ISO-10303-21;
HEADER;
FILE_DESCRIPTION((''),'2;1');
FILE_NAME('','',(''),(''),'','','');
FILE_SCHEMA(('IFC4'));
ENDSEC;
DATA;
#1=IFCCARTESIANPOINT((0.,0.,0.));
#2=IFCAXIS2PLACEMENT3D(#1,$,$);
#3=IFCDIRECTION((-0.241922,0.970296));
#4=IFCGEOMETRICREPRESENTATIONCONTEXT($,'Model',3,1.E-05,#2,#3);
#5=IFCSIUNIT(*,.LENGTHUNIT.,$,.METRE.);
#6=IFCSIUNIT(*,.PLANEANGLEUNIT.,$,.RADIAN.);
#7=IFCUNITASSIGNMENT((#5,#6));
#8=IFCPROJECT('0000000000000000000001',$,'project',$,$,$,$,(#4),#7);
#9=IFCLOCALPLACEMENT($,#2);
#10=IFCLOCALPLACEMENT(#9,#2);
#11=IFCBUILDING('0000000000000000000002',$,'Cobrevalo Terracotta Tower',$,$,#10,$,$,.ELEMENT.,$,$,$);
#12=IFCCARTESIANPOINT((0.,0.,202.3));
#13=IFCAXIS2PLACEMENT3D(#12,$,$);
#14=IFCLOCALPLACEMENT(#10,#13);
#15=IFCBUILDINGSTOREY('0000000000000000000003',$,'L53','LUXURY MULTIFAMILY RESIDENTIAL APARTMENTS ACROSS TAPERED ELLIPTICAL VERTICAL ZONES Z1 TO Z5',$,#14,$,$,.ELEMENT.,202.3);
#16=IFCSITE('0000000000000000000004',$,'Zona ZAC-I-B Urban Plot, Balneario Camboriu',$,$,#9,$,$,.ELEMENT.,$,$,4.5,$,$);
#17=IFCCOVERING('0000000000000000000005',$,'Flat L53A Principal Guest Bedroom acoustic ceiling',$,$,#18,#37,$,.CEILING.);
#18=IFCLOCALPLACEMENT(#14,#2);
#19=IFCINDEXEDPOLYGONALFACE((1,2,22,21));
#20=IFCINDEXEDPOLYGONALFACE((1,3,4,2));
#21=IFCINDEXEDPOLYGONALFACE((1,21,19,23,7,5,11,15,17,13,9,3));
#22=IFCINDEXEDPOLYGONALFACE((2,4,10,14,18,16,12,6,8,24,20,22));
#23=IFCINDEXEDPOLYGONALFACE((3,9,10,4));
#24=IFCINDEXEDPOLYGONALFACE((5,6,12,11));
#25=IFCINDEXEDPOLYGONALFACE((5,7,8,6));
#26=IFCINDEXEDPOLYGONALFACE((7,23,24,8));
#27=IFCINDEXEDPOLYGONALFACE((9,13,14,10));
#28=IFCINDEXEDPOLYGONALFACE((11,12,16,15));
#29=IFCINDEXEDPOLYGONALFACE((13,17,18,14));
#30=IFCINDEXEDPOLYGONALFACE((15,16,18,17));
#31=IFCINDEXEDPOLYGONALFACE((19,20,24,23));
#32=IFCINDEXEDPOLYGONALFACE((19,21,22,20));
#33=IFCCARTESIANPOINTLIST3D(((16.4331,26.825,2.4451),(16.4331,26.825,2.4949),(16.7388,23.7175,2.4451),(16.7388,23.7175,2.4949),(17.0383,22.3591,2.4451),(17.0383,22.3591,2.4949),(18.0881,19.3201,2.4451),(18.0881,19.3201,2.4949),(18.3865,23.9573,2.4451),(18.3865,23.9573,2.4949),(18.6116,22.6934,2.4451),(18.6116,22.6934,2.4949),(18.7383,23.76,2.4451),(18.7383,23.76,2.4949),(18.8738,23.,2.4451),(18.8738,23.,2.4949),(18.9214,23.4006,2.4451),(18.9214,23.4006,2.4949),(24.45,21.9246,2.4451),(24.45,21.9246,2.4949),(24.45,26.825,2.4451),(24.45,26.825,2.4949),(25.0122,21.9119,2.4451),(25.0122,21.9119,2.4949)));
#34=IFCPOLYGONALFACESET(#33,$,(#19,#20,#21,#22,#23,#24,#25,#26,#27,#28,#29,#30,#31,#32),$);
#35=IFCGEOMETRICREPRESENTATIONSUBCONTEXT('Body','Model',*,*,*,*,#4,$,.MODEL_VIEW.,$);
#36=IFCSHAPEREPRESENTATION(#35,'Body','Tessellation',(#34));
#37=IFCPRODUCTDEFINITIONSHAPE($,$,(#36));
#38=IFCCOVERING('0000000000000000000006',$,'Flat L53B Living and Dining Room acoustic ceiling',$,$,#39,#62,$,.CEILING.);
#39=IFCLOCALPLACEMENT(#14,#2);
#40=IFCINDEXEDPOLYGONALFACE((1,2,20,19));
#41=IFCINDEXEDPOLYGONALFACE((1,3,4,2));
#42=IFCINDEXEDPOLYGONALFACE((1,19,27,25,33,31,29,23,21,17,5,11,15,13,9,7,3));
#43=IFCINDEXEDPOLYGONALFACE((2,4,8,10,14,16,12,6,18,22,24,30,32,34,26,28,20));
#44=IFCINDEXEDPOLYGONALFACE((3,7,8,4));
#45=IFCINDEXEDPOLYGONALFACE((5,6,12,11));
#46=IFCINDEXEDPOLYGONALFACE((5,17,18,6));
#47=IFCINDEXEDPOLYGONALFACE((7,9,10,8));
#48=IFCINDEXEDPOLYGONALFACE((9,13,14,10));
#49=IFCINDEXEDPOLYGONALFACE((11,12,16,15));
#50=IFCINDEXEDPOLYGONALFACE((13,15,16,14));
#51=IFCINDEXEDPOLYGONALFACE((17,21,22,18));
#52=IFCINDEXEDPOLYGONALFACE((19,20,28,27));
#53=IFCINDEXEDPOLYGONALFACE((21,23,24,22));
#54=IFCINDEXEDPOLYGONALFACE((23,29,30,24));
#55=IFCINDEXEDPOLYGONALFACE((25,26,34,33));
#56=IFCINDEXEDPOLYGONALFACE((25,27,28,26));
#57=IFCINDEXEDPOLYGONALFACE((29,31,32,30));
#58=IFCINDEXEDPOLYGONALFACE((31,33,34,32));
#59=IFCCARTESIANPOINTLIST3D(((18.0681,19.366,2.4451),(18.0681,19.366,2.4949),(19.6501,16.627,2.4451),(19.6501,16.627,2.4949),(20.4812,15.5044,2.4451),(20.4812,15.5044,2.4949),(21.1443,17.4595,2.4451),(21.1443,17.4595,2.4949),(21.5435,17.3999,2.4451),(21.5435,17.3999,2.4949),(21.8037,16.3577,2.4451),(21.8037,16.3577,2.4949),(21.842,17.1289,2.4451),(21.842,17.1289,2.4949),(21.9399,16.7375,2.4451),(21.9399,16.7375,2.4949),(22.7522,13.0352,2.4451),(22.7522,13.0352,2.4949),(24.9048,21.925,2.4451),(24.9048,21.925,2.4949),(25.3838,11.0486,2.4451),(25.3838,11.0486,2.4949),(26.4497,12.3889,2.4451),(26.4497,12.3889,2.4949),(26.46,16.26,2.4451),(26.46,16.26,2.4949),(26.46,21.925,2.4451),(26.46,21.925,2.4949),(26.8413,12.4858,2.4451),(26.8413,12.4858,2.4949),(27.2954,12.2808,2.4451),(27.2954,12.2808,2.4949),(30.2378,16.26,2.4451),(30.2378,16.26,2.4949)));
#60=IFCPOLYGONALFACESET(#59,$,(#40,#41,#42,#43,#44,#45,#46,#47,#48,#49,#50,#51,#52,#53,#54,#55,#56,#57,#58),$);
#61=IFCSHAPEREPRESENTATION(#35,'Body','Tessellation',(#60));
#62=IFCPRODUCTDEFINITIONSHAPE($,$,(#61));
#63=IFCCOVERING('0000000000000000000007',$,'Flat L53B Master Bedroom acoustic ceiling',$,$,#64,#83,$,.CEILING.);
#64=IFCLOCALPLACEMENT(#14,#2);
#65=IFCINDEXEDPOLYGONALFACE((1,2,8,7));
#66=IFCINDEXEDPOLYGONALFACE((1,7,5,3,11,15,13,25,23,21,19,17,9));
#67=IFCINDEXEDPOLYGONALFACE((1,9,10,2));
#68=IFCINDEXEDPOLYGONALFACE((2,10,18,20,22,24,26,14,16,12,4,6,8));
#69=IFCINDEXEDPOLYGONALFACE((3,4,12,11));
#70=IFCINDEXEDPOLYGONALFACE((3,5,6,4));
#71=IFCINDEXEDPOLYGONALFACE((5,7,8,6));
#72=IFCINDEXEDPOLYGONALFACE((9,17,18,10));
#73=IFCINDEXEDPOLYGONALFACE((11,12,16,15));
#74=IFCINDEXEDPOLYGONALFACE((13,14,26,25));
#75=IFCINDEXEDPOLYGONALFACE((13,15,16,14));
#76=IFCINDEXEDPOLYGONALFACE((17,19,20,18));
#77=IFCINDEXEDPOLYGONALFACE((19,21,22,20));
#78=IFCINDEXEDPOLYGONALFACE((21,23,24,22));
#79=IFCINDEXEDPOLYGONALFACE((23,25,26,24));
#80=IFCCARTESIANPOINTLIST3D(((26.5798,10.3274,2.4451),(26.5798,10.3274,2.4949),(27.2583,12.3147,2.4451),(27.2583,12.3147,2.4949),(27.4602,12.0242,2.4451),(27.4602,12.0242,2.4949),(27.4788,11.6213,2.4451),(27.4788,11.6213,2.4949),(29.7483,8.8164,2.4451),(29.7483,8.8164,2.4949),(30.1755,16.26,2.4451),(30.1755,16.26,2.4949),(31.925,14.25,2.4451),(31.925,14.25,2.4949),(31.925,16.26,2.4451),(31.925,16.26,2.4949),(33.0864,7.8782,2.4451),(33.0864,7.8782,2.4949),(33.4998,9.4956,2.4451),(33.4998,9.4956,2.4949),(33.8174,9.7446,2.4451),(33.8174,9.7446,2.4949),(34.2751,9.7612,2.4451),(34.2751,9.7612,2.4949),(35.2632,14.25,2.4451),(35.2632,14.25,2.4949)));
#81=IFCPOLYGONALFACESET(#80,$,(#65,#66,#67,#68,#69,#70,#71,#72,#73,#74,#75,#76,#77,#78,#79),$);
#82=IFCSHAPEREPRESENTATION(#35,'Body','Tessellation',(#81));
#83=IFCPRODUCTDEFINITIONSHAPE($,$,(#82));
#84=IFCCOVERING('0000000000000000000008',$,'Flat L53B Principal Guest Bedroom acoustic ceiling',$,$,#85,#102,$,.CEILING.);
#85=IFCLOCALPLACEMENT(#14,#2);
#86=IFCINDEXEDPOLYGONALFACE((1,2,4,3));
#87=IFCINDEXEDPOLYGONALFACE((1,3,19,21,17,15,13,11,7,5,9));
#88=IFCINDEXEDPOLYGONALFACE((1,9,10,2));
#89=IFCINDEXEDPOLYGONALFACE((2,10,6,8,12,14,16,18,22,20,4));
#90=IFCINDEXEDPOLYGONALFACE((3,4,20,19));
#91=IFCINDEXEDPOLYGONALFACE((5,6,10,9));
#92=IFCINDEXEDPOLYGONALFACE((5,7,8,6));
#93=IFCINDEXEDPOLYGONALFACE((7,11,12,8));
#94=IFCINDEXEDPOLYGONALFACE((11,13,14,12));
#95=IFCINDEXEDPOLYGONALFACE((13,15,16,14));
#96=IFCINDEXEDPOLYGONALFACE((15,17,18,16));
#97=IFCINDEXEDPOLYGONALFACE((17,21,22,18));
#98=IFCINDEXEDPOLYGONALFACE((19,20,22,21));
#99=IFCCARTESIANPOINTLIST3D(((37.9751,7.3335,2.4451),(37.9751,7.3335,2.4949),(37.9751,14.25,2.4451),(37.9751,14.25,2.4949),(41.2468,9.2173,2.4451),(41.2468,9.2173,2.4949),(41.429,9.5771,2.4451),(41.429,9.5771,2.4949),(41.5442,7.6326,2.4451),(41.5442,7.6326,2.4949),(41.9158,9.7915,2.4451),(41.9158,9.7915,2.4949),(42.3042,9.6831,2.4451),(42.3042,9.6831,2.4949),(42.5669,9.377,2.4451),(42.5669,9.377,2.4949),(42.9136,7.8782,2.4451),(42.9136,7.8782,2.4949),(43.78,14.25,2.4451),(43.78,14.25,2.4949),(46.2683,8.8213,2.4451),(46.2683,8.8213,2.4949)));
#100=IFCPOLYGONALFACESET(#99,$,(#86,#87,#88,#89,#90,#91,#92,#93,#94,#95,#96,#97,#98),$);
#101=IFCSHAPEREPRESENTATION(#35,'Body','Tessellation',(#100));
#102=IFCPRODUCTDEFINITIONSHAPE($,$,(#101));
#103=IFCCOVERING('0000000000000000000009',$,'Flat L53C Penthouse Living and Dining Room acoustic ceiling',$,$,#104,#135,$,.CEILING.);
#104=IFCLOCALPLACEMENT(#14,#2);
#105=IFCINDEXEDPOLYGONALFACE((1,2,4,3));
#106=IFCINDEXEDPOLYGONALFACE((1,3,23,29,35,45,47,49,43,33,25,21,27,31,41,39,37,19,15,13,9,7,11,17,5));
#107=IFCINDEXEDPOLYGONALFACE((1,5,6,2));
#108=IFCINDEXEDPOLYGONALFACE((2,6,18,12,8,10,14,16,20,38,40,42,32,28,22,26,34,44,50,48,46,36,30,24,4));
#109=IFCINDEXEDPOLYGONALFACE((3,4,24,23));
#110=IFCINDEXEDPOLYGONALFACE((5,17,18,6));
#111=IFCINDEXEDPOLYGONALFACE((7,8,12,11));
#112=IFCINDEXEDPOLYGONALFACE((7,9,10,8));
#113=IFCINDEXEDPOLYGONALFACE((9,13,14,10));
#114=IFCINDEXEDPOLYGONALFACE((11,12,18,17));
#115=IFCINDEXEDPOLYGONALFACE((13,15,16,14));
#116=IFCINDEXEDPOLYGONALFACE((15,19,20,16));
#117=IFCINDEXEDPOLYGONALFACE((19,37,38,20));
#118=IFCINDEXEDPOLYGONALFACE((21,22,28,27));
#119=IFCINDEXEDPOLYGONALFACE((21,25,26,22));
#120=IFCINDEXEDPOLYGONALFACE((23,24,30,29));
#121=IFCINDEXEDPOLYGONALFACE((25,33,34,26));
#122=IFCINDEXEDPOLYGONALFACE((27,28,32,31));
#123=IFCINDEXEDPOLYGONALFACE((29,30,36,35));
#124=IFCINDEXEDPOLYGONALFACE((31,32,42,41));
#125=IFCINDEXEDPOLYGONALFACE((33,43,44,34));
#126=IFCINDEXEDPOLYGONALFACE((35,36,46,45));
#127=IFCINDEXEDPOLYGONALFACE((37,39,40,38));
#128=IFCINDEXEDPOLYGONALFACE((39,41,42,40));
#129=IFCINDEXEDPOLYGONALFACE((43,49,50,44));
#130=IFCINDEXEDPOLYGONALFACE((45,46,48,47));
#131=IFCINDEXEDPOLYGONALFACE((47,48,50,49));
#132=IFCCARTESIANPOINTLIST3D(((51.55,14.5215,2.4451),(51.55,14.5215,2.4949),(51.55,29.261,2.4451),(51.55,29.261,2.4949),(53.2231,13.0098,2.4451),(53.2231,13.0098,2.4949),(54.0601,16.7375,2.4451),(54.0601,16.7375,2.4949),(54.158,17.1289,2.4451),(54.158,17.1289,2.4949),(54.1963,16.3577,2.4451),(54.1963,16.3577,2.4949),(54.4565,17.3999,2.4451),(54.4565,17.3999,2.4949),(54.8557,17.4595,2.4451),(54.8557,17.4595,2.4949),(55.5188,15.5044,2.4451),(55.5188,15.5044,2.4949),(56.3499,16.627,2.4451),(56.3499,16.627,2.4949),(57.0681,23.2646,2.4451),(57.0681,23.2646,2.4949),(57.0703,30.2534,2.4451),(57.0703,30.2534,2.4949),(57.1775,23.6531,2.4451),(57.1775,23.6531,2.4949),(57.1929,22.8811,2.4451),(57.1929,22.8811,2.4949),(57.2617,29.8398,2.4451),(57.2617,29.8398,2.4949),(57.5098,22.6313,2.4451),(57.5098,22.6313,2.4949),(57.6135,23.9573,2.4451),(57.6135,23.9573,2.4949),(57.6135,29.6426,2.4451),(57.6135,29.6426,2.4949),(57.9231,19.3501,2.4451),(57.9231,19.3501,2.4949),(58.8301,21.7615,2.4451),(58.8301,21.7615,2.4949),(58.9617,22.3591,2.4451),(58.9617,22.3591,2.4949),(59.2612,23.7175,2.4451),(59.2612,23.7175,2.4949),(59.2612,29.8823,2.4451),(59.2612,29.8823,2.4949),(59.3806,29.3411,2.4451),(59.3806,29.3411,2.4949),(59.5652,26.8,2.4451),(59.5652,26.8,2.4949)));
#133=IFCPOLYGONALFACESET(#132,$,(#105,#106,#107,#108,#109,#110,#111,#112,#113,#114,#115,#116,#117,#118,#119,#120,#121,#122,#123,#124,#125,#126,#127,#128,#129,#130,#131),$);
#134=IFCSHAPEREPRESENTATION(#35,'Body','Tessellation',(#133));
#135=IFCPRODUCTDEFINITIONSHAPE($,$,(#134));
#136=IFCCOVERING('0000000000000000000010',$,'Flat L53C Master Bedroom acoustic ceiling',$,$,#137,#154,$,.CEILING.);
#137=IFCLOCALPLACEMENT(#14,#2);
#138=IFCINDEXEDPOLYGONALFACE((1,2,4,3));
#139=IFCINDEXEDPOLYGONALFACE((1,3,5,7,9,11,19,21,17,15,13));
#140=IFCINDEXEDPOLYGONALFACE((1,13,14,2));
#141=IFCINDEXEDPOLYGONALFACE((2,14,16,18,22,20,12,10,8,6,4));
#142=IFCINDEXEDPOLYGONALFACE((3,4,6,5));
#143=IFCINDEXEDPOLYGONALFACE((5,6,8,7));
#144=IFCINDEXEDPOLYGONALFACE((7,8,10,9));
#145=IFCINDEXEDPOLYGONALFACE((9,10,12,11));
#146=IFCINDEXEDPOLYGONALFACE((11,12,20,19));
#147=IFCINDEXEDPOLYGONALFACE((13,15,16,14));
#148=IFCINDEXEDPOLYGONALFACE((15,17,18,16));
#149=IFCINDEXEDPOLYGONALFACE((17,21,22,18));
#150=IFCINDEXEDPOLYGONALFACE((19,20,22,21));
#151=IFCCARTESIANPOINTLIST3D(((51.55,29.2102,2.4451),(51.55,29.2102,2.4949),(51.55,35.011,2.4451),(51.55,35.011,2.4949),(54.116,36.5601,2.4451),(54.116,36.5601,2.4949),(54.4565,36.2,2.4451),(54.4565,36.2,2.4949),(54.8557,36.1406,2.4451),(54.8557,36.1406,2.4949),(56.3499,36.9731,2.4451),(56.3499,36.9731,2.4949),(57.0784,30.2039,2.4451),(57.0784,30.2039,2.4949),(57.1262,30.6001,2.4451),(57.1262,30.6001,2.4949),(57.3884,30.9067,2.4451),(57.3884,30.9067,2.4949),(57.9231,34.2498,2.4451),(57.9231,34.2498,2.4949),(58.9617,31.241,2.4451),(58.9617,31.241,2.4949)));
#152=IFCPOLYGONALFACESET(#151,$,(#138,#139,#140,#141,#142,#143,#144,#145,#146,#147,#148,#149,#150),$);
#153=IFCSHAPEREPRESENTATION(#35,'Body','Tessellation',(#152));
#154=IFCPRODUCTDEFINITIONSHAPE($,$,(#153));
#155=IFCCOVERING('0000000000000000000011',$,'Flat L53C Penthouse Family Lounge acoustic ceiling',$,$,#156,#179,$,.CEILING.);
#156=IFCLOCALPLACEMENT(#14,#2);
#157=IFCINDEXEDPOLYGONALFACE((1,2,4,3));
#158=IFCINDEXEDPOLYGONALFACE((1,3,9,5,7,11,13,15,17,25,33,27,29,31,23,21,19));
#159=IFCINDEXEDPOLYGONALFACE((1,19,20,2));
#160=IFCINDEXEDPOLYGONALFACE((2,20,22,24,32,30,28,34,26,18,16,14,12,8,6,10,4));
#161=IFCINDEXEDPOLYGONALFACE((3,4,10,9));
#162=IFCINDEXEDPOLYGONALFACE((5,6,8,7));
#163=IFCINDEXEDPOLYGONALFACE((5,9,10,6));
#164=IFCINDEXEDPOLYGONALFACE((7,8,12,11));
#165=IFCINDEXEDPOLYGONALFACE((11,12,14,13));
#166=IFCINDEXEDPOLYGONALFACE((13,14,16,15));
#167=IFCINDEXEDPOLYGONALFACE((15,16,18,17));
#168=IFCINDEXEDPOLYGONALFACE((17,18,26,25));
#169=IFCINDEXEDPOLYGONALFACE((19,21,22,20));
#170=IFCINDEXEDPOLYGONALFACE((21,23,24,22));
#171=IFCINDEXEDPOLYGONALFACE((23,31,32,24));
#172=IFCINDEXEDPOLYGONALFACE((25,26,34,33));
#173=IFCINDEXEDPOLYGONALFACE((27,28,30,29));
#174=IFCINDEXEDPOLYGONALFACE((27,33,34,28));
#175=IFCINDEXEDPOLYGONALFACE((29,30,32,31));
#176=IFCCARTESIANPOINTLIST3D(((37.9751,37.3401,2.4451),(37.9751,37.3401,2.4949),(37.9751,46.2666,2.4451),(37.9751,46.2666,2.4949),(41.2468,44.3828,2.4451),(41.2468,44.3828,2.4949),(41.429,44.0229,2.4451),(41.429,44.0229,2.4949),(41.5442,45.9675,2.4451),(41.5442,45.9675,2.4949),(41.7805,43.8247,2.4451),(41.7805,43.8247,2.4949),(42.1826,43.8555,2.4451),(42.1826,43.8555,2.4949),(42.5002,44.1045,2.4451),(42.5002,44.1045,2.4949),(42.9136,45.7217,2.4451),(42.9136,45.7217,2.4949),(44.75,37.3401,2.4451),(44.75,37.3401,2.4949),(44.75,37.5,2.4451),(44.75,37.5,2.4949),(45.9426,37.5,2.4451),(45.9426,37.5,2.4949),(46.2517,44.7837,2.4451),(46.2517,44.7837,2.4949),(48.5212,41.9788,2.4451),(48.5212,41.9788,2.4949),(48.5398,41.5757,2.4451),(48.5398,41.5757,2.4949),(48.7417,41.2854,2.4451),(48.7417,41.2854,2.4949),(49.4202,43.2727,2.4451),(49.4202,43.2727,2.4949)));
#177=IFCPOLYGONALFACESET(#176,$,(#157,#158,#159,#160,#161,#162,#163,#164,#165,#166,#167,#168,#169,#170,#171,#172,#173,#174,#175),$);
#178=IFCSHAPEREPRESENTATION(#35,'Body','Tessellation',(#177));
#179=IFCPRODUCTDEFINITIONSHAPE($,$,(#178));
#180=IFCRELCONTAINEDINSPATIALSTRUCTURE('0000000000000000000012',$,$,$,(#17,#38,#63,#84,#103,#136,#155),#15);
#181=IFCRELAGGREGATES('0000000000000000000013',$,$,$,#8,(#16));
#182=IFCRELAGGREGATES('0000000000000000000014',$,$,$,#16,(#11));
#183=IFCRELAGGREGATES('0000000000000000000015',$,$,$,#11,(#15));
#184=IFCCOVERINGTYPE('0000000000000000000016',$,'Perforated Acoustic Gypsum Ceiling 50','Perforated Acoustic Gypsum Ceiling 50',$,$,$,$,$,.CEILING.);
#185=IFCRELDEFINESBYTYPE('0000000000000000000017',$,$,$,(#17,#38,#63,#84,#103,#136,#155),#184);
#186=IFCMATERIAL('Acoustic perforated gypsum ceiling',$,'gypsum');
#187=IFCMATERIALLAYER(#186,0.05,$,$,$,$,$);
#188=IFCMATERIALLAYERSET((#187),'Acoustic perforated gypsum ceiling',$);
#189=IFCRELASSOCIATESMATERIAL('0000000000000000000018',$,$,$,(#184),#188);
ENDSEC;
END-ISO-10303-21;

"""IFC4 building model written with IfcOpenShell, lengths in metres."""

from ifc_helpers import new_model, si_unit, direction, frame, origin, place, context, subcontext, project, spatial, polyline, outline, extrude, material, layer, layer_set, type_object, element, save


model = new_model("IFC4")

# Units and contexts
model_context = context("Model", 3, precision=1e-05, world=origin(), true_north=direction((-0.241922, 0.970296)))
body_context = subcontext(model_context, "Body", "Model", "MODEL_VIEW")
ifc_project = project(units=[si_unit("LENGTHUNIT", "METRE"), si_unit("PLANEANGLEUNIT", "RADIAN")], contexts=[model_context])

# Site, building, storey
site_placement = place(None, origin())
site = spatial("IfcSite", under=ifc_project, at=site_placement, Name="Zona ZAC-I-B Urban Plot, Balneario Camboriu", CompositionType="ELEMENT", RefElevation=4.5)
building_placement = place(site_placement, origin())
building = spatial("IfcBuilding", under=site, at=building_placement, Name="Cobrevalo Terracotta Tower", CompositionType="ELEMENT")
storey_placement = place(building_placement, frame((0.0, 0.0, 202.3)))
storey = spatial("IfcBuildingStorey", under=building, at=storey_placement, Name="L53", Description="LUXURY MULTIFAMILY RESIDENTIAL APARTMENTS ACROSS TAPERED ELLIPTICAL VERTICAL ZONES Z1 TO Z5", CompositionType="ELEMENT", Elevation=202.3)

# Coverings
ifc_material_1 = material(Name="Acoustic perforated gypsum ceiling", Category="gypsum")
ifc_layer_1 = layer(ifc_material_1, 0.05)
ifc_layer_set_1 = layer_set([ifc_layer_1], Name="Acoustic perforated gypsum ceiling")
covering_type_1 = type_object("IfcCoveringType", Name="Perforated Acoustic Gypsum Ceiling 50", Description="Perforated Acoustic Gypsum Ceiling 50", PredefinedType="CEILING", material=ifc_layer_set_1)
covering_1_placement = place(storey_placement, frame((0.0, 0.0, 2.4451)))
element("IfcCovering", 1, at=covering_1_placement, inside=storey, type_object=covering_type_1, Name="Flat L53A Principal Guest Bedroom acoustic ceiling", PredefinedType="CEILING", context=body_context, shape_type="SweptSolid", body=[
    extrude(outline(polyline([(16.4331, 26.825), (24.45, 26.825), (24.45, 21.9246), (25.0122, 21.9119), (18.0881, 19.3201), (17.0383, 22.3591), (18.6116, 22.6934), (18.8738, 23.0), (18.9214, 23.4006), (18.7383, 23.76), (18.3865, 23.9573), (16.7388, 23.7175), (16.4331, 26.825)])), origin(), (0.0, 0.0, 1.0), 0.0498),
])
covering_2_placement = place(storey_placement, frame((0.0, 0.0, 2.4451)))
element("IfcCovering", 2, at=covering_2_placement, inside=storey, type_object=covering_type_1, Name="Flat L53B Living and Dining Room acoustic ceiling", PredefinedType="CEILING", context=body_context, shape_type="SweptSolid", body=[
    extrude(outline(polyline([(22.7522, 13.0352), (20.4812, 15.5044), (21.8037, 16.3577), (21.9399, 16.7375), (21.842, 17.1289), (21.5435, 17.3999), (21.1443, 17.4595), (19.6501, 16.627), (18.0681, 19.366), (24.9048, 21.925), (26.46, 21.925), (26.46, 16.26), (30.2378, 16.26), (27.2954, 12.2808), (26.8413, 12.4858), (26.4497, 12.3889), (25.3838, 11.0486), (22.7522, 13.0352)])), origin(), (0.0, 0.0, 1.0), 0.0498),
])
covering_3_placement = place(storey_placement, frame((0.0, 0.0, 2.4451)))
element("IfcCovering", 3, at=covering_3_placement, inside=storey, type_object=covering_type_1, Name="Flat L53B Master Bedroom acoustic ceiling", PredefinedType="CEILING", context=body_context, shape_type="SweptSolid", body=[
    extrude(outline(polyline([(29.7483, 8.8164), (26.5798, 10.3274), (27.4788, 11.6213), (27.4602, 12.0242), (27.2583, 12.3147), (30.1755, 16.26), (31.925, 16.26), (31.925, 14.25), (35.2632, 14.25), (34.2751, 9.7612), (33.8174, 9.7446), (33.4998, 9.4956), (33.0864, 7.8782), (29.7483, 8.8164)])), origin(), (0.0, 0.0, 1.0), 0.0498),
])
covering_4_placement = place(storey_placement, frame((0.0, 0.0, 2.4451)))
element("IfcCovering", 4, at=covering_4_placement, inside=storey, type_object=covering_type_1, Name="Flat L53B Principal Guest Bedroom acoustic ceiling", PredefinedType="CEILING", context=body_context, shape_type="SweptSolid", body=[
    extrude(outline(polyline([(42.9136, 7.8782), (42.5669, 9.377), (42.3042, 9.6831), (41.9158, 9.7915), (41.429, 9.5771), (41.2468, 9.2173), (41.5442, 7.6326), (37.9751, 7.3335), (37.9751, 14.25), (43.78, 14.25), (46.2683, 8.8213), (42.9136, 7.8782)])), origin(), (0.0, 0.0, 1.0), 0.0498),
])
covering_5_placement = place(storey_placement, frame((0.0, 0.0, 2.4451)))
element("IfcCovering", 5, at=covering_5_placement, inside=storey, type_object=covering_type_1, Name="Flat L53C Penthouse Living and Dining Room acoustic ceiling", PredefinedType="CEILING", context=body_context, shape_type="SweptSolid", body=[
    extrude(outline(polyline([(57.0703, 30.2534), (57.2617, 29.8398), (57.6135, 29.6426), (59.2612, 29.8823), (59.3806, 29.3411), (59.5652, 26.8), (59.2612, 23.7175), (57.6135, 23.9573), (57.1775, 23.6531), (57.0681, 23.2646), (57.1929, 22.8811), (57.5098, 22.6313), (58.9617, 22.3591), (58.8301, 21.7615), (57.9231, 19.3501), (56.3499, 16.627), (54.8557, 17.4595), (54.4565, 17.3999), (54.158, 17.1289), (54.0601, 16.7375), (54.1963, 16.3577), (55.5188, 15.5044), (53.2231, 13.0098), (51.55, 14.5215), (51.55, 29.261), (57.0703, 30.2534)])), origin(), (0.0, 0.0, 1.0), 0.0498),
])
covering_6_placement = place(storey_placement, frame((0.0, 0.0, 2.4451)))
element("IfcCovering", 6, at=covering_6_placement, inside=storey, type_object=covering_type_1, Name="Flat L53C Master Bedroom acoustic ceiling", PredefinedType="CEILING", context=body_context, shape_type="SweptSolid", body=[
    extrude(outline(polyline([(54.116, 36.5601), (54.4565, 36.2), (54.8557, 36.1406), (56.3499, 36.9731), (57.9231, 34.2498), (58.9617, 31.241), (57.3884, 30.9067), (57.1262, 30.6001), (57.0784, 30.2039), (51.55, 29.2102), (51.55, 35.011), (54.116, 36.5601)])), origin(), (0.0, 0.0, 1.0), 0.0498),
])
covering_7_placement = place(storey_placement, frame((0.0, 0.0, 2.4451)))
element("IfcCovering", 7, at=covering_7_placement, inside=storey, type_object=covering_type_1, Name="Flat L53C Penthouse Family Lounge acoustic ceiling", PredefinedType="CEILING", context=body_context, shape_type="SweptSolid", body=[
    extrude(outline(polyline([(44.75, 37.3401), (37.9751, 37.3401), (37.9751, 46.2666), (41.5442, 45.9675), (41.2468, 44.3828), (41.429, 44.0229), (41.7805, 43.8247), (42.1826, 43.8555), (42.5002, 44.1045), (42.9136, 45.7217), (46.2517, 44.7837), (49.4202, 43.2727), (48.5212, 41.9788), (48.5398, 41.5757), (48.7417, 41.2854), (45.9426, 37.5), (44.75, 37.5), (44.75, 37.3401)])), origin(), (0.0, 0.0, 1.0), 0.0498),
])

save(model, "model.ifc")
